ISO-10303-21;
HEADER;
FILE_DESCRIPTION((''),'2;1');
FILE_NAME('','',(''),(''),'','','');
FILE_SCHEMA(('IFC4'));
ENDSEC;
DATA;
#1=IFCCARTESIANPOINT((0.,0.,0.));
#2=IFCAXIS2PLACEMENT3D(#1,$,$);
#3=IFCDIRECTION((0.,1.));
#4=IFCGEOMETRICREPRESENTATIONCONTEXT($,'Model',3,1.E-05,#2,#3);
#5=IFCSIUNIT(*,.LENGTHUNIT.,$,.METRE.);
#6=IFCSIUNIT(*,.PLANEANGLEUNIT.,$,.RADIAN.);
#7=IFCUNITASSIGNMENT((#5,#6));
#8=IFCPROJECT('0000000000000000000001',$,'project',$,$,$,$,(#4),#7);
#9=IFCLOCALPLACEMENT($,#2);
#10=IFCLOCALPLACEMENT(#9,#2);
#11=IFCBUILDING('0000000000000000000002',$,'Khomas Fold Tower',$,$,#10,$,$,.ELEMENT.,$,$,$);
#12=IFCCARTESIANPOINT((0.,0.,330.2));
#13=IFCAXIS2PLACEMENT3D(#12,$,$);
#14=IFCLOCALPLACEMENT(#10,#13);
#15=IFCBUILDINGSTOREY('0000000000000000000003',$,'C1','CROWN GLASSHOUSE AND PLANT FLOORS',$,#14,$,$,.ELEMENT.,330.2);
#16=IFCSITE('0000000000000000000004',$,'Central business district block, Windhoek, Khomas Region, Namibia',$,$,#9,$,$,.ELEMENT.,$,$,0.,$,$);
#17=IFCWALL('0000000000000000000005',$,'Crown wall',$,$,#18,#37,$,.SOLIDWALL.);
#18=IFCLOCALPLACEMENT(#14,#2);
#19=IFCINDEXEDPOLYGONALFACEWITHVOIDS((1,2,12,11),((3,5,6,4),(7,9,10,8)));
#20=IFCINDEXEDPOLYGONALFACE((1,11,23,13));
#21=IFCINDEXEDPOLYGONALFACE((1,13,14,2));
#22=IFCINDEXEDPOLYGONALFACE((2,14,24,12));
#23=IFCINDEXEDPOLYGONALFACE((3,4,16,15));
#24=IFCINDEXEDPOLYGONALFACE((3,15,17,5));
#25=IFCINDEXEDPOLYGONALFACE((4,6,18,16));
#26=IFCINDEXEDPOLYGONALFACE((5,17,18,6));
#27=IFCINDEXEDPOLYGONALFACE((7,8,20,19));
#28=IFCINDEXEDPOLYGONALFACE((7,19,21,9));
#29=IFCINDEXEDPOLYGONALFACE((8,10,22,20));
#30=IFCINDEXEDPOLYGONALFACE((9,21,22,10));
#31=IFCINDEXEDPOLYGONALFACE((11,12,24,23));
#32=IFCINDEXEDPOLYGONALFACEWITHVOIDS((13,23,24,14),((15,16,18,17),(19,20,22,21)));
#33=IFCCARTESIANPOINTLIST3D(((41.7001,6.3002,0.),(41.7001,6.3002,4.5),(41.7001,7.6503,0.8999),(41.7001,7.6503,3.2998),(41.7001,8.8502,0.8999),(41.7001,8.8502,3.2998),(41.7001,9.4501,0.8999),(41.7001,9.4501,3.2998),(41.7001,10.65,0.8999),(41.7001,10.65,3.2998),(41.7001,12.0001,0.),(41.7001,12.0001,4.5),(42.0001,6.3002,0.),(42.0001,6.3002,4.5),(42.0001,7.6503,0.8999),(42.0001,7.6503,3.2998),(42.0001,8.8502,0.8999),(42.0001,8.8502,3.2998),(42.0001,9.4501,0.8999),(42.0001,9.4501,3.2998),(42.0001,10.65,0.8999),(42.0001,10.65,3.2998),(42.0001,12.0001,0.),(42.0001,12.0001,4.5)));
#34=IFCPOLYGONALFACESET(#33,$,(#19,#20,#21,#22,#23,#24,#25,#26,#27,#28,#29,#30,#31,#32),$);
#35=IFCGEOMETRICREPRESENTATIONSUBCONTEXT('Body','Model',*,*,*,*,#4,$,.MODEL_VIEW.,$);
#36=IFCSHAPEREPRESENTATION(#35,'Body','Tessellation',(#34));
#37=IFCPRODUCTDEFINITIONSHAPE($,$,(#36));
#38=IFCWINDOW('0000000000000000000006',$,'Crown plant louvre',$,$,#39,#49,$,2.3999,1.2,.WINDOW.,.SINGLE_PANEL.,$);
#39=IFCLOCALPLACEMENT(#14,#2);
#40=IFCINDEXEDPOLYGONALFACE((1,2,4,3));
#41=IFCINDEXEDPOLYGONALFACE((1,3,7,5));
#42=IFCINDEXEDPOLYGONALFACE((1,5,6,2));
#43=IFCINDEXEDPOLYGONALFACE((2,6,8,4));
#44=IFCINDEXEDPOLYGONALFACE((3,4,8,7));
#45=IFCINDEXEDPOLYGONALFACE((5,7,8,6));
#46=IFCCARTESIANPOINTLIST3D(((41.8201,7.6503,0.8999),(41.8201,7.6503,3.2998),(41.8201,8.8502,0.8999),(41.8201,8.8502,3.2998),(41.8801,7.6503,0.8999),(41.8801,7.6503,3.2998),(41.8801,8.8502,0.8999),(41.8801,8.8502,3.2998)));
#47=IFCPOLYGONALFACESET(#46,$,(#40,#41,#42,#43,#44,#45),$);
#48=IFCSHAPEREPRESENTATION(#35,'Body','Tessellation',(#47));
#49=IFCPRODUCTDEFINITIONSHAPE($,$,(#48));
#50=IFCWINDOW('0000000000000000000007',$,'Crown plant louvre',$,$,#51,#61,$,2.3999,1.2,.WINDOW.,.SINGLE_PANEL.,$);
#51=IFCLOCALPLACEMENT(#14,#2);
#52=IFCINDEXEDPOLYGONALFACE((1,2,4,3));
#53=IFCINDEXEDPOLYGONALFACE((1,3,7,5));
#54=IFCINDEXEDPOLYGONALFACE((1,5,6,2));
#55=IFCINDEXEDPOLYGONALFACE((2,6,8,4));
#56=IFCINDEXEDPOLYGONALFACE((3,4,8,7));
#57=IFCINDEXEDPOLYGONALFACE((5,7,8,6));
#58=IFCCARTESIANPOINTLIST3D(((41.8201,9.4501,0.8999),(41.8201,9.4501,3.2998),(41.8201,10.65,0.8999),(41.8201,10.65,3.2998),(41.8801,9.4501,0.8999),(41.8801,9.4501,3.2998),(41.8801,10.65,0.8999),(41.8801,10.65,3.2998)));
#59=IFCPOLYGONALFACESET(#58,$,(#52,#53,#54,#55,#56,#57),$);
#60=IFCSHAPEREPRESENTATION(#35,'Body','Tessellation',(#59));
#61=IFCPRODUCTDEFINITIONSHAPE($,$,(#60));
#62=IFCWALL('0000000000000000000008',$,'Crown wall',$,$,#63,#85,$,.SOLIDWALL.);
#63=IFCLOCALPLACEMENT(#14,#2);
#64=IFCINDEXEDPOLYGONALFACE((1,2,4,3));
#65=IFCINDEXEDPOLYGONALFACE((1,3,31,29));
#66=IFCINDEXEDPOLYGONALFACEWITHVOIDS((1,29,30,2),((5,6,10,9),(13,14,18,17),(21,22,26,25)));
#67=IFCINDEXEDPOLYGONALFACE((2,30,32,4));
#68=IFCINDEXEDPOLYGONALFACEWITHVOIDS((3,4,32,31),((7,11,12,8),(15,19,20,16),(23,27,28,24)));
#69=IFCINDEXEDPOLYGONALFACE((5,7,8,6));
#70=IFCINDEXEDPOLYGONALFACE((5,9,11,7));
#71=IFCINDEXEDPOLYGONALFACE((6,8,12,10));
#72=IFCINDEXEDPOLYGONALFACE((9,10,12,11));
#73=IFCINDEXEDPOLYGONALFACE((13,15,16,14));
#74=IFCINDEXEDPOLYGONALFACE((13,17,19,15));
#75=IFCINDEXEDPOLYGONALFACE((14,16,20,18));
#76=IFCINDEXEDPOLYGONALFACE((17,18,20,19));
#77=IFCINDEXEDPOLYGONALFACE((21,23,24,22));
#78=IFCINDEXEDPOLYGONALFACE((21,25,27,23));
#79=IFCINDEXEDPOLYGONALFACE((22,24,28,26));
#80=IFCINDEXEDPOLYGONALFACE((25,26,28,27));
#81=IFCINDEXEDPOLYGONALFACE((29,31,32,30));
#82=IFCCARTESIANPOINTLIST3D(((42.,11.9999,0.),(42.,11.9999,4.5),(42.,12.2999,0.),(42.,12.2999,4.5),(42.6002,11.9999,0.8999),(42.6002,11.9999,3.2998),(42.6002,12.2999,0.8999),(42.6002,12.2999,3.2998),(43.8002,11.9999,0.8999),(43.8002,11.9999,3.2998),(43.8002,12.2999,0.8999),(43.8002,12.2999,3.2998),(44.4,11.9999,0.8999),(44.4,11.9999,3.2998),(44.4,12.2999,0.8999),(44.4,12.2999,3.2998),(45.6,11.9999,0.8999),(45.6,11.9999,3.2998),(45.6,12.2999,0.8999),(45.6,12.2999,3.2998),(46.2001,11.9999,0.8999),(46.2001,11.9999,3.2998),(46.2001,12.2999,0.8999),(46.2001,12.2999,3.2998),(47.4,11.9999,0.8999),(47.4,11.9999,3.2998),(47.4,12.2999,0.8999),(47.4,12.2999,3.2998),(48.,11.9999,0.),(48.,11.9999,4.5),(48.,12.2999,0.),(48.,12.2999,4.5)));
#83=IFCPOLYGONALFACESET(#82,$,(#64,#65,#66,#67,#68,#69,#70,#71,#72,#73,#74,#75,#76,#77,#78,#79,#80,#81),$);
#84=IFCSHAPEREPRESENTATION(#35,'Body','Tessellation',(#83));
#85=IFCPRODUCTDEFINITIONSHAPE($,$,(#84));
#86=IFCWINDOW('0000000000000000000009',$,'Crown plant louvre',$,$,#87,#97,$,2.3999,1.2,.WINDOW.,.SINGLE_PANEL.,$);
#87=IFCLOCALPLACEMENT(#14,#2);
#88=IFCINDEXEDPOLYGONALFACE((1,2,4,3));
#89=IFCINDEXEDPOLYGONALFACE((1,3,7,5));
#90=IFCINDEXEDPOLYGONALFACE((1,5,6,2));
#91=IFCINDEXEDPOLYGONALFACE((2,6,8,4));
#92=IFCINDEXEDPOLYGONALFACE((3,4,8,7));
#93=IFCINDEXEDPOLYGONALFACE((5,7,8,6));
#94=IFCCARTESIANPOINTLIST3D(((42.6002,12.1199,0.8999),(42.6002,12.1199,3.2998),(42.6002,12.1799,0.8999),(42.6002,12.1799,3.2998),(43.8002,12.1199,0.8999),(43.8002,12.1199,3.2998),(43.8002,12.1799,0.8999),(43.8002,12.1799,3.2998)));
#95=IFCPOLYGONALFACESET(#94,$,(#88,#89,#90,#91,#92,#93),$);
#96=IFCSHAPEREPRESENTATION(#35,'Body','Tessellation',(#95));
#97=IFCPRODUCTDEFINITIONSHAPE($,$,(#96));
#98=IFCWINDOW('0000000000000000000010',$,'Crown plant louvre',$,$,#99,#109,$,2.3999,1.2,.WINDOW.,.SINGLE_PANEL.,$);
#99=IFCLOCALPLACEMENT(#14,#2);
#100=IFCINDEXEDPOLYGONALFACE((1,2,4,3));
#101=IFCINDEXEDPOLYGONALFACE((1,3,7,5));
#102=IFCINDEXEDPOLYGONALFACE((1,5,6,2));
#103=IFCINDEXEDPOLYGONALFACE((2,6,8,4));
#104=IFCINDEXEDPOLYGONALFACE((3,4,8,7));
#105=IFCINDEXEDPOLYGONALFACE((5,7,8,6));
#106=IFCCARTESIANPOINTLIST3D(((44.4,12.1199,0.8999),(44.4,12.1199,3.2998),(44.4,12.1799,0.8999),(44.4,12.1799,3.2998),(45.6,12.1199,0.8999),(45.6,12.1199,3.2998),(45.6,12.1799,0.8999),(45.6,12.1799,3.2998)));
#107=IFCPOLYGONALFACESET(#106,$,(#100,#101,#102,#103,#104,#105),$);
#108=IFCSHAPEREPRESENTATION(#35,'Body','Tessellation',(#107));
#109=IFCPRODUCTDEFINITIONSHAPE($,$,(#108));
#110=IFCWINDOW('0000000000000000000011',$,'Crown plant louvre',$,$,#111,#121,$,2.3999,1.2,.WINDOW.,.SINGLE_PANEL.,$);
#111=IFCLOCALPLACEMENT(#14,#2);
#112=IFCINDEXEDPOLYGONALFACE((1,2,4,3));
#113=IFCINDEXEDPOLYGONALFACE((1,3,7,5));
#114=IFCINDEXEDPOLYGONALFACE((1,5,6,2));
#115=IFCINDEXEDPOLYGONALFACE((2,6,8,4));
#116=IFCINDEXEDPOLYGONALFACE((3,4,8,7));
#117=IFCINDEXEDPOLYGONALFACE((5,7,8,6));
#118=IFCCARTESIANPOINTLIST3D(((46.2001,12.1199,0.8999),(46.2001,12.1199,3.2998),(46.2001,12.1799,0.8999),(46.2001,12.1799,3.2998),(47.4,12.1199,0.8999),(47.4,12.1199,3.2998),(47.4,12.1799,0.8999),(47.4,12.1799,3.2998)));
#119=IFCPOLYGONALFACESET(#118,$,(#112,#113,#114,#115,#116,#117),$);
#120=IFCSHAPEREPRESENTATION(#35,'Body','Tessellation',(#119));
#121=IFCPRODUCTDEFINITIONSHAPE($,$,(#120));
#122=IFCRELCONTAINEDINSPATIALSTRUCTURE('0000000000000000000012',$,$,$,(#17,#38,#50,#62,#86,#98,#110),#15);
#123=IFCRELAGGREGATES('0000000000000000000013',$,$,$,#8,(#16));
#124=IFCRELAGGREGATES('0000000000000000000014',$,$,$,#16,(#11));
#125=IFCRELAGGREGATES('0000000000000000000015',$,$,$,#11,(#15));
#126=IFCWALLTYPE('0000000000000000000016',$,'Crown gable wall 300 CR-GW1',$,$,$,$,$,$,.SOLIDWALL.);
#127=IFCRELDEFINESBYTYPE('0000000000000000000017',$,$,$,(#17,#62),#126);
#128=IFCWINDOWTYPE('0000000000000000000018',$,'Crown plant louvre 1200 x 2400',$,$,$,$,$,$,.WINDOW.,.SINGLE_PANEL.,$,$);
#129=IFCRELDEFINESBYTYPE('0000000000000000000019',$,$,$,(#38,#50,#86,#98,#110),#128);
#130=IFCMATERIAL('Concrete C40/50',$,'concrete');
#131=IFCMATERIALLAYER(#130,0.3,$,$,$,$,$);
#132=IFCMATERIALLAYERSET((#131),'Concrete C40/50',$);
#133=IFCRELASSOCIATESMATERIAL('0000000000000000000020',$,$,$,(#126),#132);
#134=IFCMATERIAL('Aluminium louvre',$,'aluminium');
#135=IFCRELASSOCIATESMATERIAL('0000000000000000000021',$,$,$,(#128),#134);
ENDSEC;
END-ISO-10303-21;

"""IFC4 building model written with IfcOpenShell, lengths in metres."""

from ifc_helpers import new_model, si_unit, direction, frame, frame_2d, origin, place, context, subcontext, project, spatial, rectangle, extrude, source, transform, mapped, material, layer, layer_set, type_object, element, fill, save


model = new_model("IFC4")

# Units and contexts
model_context = context("Model", 3, precision=1e-05, world=origin(), true_north=direction((0.0, 1.0)))
body_context = subcontext(model_context, "Body", "Model", "MODEL_VIEW")
ifc_project = project(units=[si_unit("LENGTHUNIT", "METRE"), si_unit("PLANEANGLEUNIT", "RADIAN")], contexts=[model_context])

# Site, building, storey
site_placement = place(None, origin())
site = spatial("IfcSite", under=ifc_project, at=site_placement, Name="Central business district block, Windhoek, Khomas Region, Namibia", CompositionType="ELEMENT", RefElevation=0.0)
building_placement = place(site_placement, origin())
building = spatial("IfcBuilding", under=site, at=building_placement, Name="Khomas Fold Tower", CompositionType="ELEMENT")
storey_placement = place(building_placement, frame((0.0, 0.0, 330.2)))
storey = spatial("IfcBuildingStorey", under=building, at=storey_placement, Name="C1", Description="CROWN GLASSHOUSE AND PLANT FLOORS", CompositionType="ELEMENT", Elevation=330.2)

# Walls, openings, windows
ifc_material_1 = material(Name="Concrete C40/50", Category="concrete")
ifc_layer = layer(ifc_material_1, 0.3)
ifc_layer_set = layer_set([ifc_layer], Name="Concrete C40/50")
wall_type = type_object("IfcWallType", Name="Crown gable wall 300 CR-GW1", PredefinedType="SOLIDWALL", material=ifc_layer_set)
shared_shape_1 = source(origin(), body_context, "Body", "SweptSolid", [
    extrude(rectangle(XDim=5.7, YDim=0.3, at=frame_2d((2.8501, 0.0))), origin(), (0.0, 0.0, 1.0), 4.5),
])
wall_1_placement = place(storey_placement, frame((41.8501, 6.3, 0.0), z_axis=(0.0, 0.0, 1.0), x_axis=(0.0, 1.0, 0.0)))
wall_1 = element("IfcWall", 1, at=wall_1_placement, inside=storey, type_object=wall_type, Name="Crown wall", PredefinedType="SOLIDWALL", context=body_context, shape_type="MappedRepresentation", body=[
    mapped(shared_shape_1, transform((0.0, 0.0, 0.0))),
])
shared_shape_2 = source(origin(), body_context, "Body", "SweptSolid", [
    extrude(rectangle(XDim=1.2, YDim=2.3999, at=frame_2d((0.6001, 1.2))), frame((0.0, 0.1599, 0.0), z_axis=(0.0, -1.0, 0.0), x_axis=(1.0, 0.0, 0.0)), (0.0, 0.0, 1.0), 0.3201),
])
opening_1_placement = place(wall_1_placement, frame((1.3501, 0.0, 0.8999)))
opening_1 = element("IfcOpeningElement", 2, at=opening_1_placement, cuts=wall_1, PredefinedType="OPENING", context=body_context, shape_type="MappedRepresentation", body=[
    mapped(shared_shape_2, transform((0.0, 0.0, 0.0))),
])
opening_2_placement = place(wall_1_placement, frame((3.1499, 0.0, 0.8999)))
opening_2 = element("IfcOpeningElement", 3, at=opening_2_placement, cuts=wall_1, PredefinedType="OPENING", context=body_context, shape_type="MappedRepresentation", body=[
    mapped(shared_shape_2, transform((0.0, 0.0, 0.0))),
])
ifc_material_2 = material(Name="Aluminium louvre", Category="aluminium")
window_type = type_object("IfcWindowType", Name="Crown plant louvre 1200 x 2400", PartitioningType="SINGLE_PANEL", PredefinedType="WINDOW", material=ifc_material_2)
shared_shape_3 = source(origin(), body_context, "Body", "SweptSolid", [
    extrude(rectangle(XDim=1.2, YDim=2.3999, at=frame_2d((0.6001, 1.2))), frame((0.0, 0.03, 0.0), z_axis=(0.0, -1.0, 0.0), x_axis=(1.0, 0.0, 0.0)), (0.0, 0.0, 1.0), 0.0601),
])
window_1_placement = place(opening_1_placement, origin())
window_1 = element("IfcWindow", 4, at=window_1_placement, inside=storey, type_object=window_type, Name="Crown plant louvre", OverallHeight=2.3999, OverallWidth=1.2, PartitioningType="SINGLE_PANEL", PredefinedType="WINDOW", context=body_context, shape_type="MappedRepresentation", body=[
    mapped(shared_shape_3, transform((0.0, 0.0, 0.0))),
])
fill(opening_1, window_1)
window_2_placement = place(opening_2_placement, origin())
window_2 = element("IfcWindow", 5, at=window_2_placement, inside=storey, type_object=window_type, Name="Crown plant louvre", OverallHeight=2.3999, OverallWidth=1.2, PartitioningType="SINGLE_PANEL", PredefinedType="WINDOW", context=body_context, shape_type="MappedRepresentation", body=[
    mapped(shared_shape_3, transform((0.0, 0.0, 0.0))),
])
fill(opening_2, window_2)
shared_shape_4 = source(origin(), body_context, "Body", "SweptSolid", [
    extrude(rectangle(XDim=6.0, YDim=0.3, at=frame_2d((3.0, 0.0))), origin(), (0.0, 0.0, 1.0), 4.5),
])
wall_2_placement = place(storey_placement, frame((42.0, 12.1499, 0.0), z_axis=(0.0, 0.0, 1.0), x_axis=(1.0, 0.0, 0.0)))
wall_2 = element("IfcWall", 6, at=wall_2_placement, inside=storey, type_object=wall_type, Name="Crown wall", PredefinedType="SOLIDWALL", context=body_context, shape_type="MappedRepresentation", body=[
    mapped(shared_shape_4, transform((0.0, 0.0, 0.0))),
])
opening_3_placement = place(wall_2_placement, frame((0.6001, 0.0, 0.8999)))
opening_3 = element("IfcOpeningElement", 7, at=opening_3_placement, cuts=wall_2, PredefinedType="OPENING", context=body_context, shape_type="MappedRepresentation", body=[
    mapped(shared_shape_2, transform((0.0, 0.0, 0.0))),
])
opening_4_placement = place(wall_2_placement, frame((2.3999, 0.0, 0.8999)))
opening_4 = element("IfcOpeningElement", 8, at=opening_4_placement, cuts=wall_2, PredefinedType="OPENING", context=body_context, shape_type="MappedRepresentation", body=[
    mapped(shared_shape_2, transform((0.0, 0.0, 0.0))),
])
opening_5_placement = place(wall_2_placement, frame((4.2, 0.0, 0.8999)))
opening_5 = element("IfcOpeningElement", 9, at=opening_5_placement, cuts=wall_2, PredefinedType="OPENING", context=body_context, shape_type="MappedRepresentation", body=[
    mapped(shared_shape_2, transform((0.0, 0.0, 0.0))),
])
window_3_placement = place(opening_3_placement, origin())
window_3 = element("IfcWindow", 10, at=window_3_placement, inside=storey, type_object=window_type, Name="Crown plant louvre", OverallHeight=2.3999, OverallWidth=1.2, PartitioningType="SINGLE_PANEL", PredefinedType="WINDOW", context=body_context, shape_type="MappedRepresentation", body=[
    mapped(shared_shape_3, transform((0.0, 0.0, 0.0))),
])
fill(opening_3, window_3)
window_4_placement = place(opening_4_placement, origin())
window_4 = element("IfcWindow", 11, at=window_4_placement, inside=storey, type_object=window_type, Name="Crown plant louvre", OverallHeight=2.3999, OverallWidth=1.2, PartitioningType="SINGLE_PANEL", PredefinedType="WINDOW", context=body_context, shape_type="MappedRepresentation", body=[
    mapped(shared_shape_3, transform((0.0, 0.0, 0.0))),
])
fill(opening_4, window_4)
window_5_placement = place(opening_5_placement, origin())
window_5 = element("IfcWindow", 12, at=window_5_placement, inside=storey, type_object=window_type, Name="Crown plant louvre", OverallHeight=2.3999, OverallWidth=1.2, PartitioningType="SINGLE_PANEL", PredefinedType="WINDOW", context=body_context, shape_type="MappedRepresentation", body=[
    mapped(shared_shape_3, transform((0.0, 0.0, 0.0))),
])
fill(opening_5, window_5)

save(model, "model.ifc")
